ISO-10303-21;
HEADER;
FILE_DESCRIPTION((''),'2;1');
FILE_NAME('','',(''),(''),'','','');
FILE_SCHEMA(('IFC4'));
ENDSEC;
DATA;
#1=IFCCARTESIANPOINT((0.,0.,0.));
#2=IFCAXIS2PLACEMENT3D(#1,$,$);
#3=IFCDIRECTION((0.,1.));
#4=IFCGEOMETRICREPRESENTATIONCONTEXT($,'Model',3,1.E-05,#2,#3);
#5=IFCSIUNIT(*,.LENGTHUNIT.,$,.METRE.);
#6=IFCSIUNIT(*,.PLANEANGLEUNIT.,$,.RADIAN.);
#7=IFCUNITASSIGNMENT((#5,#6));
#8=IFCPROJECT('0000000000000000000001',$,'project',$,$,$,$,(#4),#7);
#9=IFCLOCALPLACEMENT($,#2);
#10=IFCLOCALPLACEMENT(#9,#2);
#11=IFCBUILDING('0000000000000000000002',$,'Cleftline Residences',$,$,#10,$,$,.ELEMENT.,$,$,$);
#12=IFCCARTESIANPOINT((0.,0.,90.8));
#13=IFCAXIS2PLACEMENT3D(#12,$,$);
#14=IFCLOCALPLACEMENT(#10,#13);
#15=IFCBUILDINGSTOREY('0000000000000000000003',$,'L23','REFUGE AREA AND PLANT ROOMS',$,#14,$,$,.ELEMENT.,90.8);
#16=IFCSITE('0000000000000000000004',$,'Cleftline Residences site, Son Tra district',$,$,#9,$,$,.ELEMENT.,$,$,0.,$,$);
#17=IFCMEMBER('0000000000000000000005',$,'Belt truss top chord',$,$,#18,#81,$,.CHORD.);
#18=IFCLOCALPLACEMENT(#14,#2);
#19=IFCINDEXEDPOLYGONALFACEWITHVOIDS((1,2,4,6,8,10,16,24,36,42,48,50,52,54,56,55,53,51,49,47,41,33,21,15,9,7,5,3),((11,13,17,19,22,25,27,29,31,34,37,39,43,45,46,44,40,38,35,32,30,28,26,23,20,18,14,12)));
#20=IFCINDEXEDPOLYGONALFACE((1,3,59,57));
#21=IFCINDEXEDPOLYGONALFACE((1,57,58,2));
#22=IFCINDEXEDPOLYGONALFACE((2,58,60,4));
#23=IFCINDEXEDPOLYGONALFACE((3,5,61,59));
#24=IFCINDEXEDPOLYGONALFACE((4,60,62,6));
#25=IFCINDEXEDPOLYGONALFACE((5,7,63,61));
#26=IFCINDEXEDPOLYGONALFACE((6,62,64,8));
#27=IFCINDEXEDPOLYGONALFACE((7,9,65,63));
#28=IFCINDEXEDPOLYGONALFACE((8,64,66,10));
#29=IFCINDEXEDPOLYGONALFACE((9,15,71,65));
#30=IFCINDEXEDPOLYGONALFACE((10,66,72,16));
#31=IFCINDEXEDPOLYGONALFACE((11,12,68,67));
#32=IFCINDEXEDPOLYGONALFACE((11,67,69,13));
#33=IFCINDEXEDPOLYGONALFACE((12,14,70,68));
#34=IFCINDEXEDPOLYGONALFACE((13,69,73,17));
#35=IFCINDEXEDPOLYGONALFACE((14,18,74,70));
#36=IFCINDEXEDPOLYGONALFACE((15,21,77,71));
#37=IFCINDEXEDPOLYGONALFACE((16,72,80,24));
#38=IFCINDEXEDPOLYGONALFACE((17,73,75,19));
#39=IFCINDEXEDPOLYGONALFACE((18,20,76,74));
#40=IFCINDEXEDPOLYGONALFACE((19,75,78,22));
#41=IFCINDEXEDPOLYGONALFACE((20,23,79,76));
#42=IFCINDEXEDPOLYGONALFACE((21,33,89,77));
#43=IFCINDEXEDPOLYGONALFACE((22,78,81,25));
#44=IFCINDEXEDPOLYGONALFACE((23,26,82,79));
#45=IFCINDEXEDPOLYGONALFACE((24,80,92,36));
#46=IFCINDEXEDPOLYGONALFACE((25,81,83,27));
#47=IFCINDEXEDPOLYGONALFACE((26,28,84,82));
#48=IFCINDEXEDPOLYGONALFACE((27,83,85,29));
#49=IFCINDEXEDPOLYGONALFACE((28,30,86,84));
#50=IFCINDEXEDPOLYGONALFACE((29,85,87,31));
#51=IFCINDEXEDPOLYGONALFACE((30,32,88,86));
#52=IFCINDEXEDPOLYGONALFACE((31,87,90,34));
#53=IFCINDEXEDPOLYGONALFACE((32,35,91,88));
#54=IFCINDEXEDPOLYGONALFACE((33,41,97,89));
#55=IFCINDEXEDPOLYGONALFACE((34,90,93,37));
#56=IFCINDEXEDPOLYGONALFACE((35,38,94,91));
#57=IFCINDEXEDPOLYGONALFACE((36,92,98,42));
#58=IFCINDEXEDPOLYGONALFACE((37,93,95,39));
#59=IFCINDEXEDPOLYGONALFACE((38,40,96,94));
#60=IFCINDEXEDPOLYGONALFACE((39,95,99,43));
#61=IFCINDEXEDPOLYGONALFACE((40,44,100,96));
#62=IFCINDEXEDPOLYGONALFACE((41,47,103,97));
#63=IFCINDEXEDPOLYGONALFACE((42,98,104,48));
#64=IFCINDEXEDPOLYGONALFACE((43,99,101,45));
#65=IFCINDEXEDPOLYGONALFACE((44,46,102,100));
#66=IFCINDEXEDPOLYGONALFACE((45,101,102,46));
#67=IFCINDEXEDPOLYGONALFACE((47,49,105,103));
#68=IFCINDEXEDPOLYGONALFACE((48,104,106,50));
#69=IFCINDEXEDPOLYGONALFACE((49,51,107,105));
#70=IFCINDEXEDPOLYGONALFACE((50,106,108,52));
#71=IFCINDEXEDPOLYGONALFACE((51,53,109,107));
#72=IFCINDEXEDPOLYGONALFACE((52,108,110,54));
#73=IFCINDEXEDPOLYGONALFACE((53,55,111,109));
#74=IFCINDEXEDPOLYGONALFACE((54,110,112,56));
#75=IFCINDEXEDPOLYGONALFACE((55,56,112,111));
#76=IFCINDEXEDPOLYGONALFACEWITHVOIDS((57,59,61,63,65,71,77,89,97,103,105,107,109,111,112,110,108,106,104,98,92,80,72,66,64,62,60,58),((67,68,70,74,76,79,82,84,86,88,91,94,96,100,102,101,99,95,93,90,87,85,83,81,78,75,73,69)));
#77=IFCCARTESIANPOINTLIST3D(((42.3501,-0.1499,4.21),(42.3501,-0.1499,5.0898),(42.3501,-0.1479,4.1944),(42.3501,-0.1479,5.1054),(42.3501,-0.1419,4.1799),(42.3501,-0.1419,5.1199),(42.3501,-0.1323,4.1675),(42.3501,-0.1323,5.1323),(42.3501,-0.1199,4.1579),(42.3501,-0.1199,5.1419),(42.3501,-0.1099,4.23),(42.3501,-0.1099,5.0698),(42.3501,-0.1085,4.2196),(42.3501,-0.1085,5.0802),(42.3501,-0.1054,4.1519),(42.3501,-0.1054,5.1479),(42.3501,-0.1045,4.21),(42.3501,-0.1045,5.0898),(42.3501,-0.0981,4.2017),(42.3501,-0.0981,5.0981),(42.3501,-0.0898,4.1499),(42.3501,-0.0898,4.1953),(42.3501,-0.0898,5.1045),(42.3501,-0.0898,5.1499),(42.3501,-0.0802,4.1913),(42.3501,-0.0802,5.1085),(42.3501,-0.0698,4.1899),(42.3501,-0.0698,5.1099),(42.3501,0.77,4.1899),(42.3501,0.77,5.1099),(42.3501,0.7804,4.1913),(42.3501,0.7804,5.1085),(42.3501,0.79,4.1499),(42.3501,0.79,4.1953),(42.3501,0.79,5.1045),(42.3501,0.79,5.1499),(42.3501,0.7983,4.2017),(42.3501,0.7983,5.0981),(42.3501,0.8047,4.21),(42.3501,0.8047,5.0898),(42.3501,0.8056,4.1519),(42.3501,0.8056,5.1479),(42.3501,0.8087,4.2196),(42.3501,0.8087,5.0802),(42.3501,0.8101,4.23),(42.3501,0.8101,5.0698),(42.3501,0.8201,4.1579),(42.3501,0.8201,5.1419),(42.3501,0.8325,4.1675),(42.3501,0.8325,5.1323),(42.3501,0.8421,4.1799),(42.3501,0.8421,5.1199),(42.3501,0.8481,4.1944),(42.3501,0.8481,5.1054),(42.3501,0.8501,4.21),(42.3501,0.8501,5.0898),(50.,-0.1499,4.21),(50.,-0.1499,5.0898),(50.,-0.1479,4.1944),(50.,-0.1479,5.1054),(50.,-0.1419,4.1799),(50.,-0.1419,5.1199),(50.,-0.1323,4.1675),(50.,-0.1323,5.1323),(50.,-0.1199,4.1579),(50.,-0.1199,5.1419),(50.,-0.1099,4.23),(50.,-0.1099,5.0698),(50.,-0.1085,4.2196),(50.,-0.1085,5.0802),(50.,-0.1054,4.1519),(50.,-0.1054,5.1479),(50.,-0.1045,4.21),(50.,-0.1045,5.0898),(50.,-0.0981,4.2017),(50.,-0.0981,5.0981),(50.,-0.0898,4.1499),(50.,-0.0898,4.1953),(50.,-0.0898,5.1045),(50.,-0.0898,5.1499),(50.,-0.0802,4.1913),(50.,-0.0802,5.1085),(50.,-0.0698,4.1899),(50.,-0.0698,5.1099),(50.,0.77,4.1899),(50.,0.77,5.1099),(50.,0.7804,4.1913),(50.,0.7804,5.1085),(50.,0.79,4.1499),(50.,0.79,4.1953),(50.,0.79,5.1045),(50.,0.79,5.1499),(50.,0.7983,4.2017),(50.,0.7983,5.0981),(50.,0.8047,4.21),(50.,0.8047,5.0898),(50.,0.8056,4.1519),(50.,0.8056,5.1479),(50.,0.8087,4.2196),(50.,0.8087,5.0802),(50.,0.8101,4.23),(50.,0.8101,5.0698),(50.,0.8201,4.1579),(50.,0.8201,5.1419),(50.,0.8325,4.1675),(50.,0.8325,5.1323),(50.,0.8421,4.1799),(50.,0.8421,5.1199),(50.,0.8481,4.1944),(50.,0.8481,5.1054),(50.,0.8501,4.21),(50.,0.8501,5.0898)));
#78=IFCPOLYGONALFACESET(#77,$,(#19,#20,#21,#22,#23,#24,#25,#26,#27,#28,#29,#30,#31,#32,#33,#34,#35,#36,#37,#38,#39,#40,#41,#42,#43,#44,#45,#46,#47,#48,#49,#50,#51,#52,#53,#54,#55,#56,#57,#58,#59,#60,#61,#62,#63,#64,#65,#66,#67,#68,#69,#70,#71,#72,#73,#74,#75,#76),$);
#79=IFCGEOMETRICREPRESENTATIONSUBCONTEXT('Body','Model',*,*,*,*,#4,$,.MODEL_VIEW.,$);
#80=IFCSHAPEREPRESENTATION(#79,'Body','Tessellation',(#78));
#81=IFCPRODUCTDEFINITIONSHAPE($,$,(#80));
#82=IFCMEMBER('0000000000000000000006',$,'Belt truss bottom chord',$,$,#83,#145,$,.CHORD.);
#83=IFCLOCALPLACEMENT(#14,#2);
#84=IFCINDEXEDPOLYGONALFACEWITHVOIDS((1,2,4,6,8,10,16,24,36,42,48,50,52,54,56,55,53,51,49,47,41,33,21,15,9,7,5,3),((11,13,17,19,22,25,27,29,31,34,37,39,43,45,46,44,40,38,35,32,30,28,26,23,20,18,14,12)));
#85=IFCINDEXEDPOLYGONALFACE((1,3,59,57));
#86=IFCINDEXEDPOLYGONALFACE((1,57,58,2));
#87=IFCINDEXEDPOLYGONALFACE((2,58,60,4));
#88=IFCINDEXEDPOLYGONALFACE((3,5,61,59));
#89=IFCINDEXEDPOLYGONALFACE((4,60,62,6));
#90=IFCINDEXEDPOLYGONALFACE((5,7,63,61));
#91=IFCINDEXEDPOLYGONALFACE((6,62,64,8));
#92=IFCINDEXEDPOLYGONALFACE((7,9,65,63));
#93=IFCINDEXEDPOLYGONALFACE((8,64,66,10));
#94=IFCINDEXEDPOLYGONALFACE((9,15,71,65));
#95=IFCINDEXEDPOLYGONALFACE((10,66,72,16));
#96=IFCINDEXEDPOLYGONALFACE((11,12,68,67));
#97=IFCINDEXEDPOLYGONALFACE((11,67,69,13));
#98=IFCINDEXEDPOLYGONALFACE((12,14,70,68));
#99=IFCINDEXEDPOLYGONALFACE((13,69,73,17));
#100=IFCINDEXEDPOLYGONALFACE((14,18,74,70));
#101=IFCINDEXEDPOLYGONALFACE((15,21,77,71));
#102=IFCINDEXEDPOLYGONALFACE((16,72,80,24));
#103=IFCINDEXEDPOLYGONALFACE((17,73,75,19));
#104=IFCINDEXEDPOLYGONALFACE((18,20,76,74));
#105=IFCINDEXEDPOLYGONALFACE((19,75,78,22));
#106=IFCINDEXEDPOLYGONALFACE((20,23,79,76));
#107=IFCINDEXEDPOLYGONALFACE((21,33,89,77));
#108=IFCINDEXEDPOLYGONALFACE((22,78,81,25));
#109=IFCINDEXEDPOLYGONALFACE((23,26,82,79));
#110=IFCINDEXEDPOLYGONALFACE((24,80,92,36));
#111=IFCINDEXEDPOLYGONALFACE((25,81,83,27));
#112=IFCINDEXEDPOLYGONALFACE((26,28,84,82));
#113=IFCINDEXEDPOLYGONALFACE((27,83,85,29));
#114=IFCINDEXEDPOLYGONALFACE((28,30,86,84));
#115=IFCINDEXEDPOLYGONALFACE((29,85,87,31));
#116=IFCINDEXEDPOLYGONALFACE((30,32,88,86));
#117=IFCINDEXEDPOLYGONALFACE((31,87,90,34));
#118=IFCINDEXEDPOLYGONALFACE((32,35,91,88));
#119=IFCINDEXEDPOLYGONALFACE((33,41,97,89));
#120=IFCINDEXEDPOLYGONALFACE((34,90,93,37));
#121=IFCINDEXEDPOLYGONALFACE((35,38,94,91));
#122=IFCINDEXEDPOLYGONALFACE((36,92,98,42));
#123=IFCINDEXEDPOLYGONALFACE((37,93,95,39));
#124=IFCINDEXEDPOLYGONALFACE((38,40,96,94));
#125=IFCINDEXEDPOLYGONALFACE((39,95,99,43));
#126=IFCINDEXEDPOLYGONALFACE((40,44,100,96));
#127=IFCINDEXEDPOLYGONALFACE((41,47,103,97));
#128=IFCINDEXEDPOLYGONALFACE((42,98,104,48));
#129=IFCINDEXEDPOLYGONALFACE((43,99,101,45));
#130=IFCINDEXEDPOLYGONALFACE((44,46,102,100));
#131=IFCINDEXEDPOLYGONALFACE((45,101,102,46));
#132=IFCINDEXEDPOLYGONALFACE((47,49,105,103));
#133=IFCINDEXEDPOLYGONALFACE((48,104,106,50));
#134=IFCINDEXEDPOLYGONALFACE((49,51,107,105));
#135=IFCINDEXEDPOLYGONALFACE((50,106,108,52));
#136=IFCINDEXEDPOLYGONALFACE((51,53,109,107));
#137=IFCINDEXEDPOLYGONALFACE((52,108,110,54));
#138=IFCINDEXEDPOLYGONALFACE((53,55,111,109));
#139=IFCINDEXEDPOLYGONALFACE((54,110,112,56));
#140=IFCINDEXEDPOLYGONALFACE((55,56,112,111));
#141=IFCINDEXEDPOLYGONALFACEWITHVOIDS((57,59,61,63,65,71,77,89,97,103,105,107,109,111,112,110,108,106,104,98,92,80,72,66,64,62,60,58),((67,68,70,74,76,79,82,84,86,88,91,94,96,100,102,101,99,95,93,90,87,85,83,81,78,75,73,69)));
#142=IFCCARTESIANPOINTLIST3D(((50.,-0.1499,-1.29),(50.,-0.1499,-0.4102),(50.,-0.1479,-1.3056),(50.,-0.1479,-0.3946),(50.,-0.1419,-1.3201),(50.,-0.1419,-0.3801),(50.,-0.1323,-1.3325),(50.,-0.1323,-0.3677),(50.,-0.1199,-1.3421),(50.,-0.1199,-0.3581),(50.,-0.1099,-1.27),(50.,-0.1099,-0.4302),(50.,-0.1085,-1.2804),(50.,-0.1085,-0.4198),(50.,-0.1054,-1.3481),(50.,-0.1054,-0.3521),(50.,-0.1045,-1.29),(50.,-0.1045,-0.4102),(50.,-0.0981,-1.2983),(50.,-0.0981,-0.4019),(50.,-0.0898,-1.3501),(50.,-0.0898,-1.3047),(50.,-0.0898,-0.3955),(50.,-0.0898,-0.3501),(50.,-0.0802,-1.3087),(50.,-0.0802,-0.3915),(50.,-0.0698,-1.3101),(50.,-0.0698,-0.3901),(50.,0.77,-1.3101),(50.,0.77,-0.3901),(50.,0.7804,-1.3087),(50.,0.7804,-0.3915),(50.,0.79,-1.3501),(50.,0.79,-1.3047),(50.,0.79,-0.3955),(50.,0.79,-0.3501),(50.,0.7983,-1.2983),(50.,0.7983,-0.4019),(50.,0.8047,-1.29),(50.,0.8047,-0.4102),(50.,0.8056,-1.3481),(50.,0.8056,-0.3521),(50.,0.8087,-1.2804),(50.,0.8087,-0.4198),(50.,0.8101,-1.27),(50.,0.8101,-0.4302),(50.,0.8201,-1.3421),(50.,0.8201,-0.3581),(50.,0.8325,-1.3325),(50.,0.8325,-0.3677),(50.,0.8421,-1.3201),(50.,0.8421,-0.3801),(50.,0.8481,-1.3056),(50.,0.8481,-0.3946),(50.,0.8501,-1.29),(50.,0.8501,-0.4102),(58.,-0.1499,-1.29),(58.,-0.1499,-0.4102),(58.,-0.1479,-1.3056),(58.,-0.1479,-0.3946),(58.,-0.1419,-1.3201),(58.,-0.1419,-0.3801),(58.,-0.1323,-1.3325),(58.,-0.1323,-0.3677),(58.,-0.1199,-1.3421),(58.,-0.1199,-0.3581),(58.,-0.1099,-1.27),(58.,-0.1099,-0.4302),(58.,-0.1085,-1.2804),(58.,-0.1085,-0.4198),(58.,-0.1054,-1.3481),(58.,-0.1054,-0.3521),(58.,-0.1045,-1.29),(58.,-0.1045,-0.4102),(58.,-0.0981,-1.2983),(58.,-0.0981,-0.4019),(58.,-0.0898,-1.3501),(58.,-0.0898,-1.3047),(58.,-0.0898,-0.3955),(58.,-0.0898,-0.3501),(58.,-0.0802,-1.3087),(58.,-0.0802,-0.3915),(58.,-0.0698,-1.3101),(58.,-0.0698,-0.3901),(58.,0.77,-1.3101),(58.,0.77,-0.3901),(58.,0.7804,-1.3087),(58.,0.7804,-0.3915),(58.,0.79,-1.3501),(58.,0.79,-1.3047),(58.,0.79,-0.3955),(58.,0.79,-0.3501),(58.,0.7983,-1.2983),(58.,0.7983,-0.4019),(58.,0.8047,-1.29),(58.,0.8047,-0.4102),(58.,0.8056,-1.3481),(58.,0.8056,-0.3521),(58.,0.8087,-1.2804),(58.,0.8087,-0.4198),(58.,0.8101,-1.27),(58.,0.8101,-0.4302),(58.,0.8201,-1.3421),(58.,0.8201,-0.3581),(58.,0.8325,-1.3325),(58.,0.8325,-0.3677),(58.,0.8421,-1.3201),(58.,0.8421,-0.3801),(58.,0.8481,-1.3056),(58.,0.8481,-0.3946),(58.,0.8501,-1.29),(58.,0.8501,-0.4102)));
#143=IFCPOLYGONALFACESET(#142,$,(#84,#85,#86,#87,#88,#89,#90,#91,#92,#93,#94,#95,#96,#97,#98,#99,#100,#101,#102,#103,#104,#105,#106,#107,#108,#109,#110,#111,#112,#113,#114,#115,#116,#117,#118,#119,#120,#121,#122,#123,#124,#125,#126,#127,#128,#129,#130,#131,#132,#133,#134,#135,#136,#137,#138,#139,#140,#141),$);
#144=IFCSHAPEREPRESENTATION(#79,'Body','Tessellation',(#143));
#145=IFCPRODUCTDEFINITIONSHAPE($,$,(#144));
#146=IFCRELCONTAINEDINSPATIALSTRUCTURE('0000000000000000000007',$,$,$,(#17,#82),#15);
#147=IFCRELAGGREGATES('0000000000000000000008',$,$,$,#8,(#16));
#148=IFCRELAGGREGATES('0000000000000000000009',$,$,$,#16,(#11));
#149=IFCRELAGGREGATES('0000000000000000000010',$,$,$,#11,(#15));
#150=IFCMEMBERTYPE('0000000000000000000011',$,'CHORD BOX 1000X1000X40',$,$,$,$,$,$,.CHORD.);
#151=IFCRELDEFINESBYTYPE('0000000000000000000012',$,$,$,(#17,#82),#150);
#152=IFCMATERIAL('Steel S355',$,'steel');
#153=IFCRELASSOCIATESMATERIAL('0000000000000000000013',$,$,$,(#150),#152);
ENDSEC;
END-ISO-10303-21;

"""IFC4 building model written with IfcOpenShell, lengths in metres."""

from ifc_helpers import new_model, si_unit, direction, frame, origin, origin_2d, place, context, subcontext, project, spatial, hollow_rectangle, extrude, material, material_profile, profile_set, type_object, element, save


model = new_model("IFC4")

# Units and contexts
model_context = context("Model", 3, precision=1e-05, world=origin(), true_north=direction((0.0, 1.0)))
body_context = subcontext(model_context, "Body", "Model", "MODEL_VIEW")
ifc_project = project(units=[si_unit("LENGTHUNIT", "METRE"), si_unit("PLANEANGLEUNIT", "RADIAN")], contexts=[model_context])

# Site, building, storey
site_placement = place(None, origin())
site = spatial("IfcSite", under=ifc_project, at=site_placement, Name="Cleftline Residences site, Son Tra district", CompositionType="ELEMENT", RefElevation=0.0)
building_placement = place(site_placement, origin())
building = spatial("IfcBuilding", under=site, at=building_placement, Name="Cleftline Residences", CompositionType="ELEMENT")
storey_placement = place(building_placement, frame((0.0, 0.0, 90.8)))
storey = spatial("IfcBuildingStorey", under=building, at=storey_placement, Name="L23", Description="REFUGE AREA AND PLANT ROOMS", CompositionType="ELEMENT", Elevation=90.8)

# Members
ifc_material_1 = material(Name="Steel S355", Category="steel")
ifc_material_profile_1 = material_profile(ifc_material_1, hollow_rectangle(XDim=1.0, YDim=1.0, WallThickness=0.04, InnerFilletRadius=0.04, OuterFilletRadius=0.0601, at=origin_2d()))
ifc_profile_set_1 = profile_set([ifc_material_profile_1], Name="Steel S355")
member_type_1 = type_object("IfcMemberType", Name="CHORD BOX 1000X1000X40", PredefinedType="CHORD", material=ifc_profile_set_1)
for number, where, z_axis, x_axis, name in (
    (1, (42.3501, 0.3501, 4.6499), (1.0, 0.0, 0.0), (0.0, 1.0, 0.0), "Belt truss top chord"),
):
    element("IfcMember", number, at=place(storey_placement, frame(where, z_axis=z_axis, x_axis=x_axis)), inside=storey, type_object=member_type_1, Name=name, PredefinedType="CHORD", context=body_context, shape_type="SweptSolid", body=[
        extrude(hollow_rectangle(XDim=1.0, YDim=1.0, WallThickness=0.04, InnerFilletRadius=0.04, OuterFilletRadius=0.0601, at=origin_2d()), origin(), (0.0, 0.0, 1.0), 7.6499),
    ])
for number, where, z_axis, x_axis, name in (
    (2, (50.0, 0.3501, -0.8501), (1.0, 0.0, 0.0), (0.0, 1.0, 0.0), "Belt truss bottom chord"),
):
    element("IfcMember", number, at=place(storey_placement, frame(where, z_axis=z_axis, x_axis=x_axis)), inside=storey, type_object=member_type_1, Name=name, PredefinedType="CHORD", context=body_context, shape_type="SweptSolid", body=[
        extrude(hollow_rectangle(XDim=1.0, YDim=1.0, WallThickness=0.04, InnerFilletRadius=0.04, OuterFilletRadius=0.0601, at=origin_2d()), origin(), (0.0, 0.0, 1.0), 8.0),
    ])

save(model, "model.ifc")
